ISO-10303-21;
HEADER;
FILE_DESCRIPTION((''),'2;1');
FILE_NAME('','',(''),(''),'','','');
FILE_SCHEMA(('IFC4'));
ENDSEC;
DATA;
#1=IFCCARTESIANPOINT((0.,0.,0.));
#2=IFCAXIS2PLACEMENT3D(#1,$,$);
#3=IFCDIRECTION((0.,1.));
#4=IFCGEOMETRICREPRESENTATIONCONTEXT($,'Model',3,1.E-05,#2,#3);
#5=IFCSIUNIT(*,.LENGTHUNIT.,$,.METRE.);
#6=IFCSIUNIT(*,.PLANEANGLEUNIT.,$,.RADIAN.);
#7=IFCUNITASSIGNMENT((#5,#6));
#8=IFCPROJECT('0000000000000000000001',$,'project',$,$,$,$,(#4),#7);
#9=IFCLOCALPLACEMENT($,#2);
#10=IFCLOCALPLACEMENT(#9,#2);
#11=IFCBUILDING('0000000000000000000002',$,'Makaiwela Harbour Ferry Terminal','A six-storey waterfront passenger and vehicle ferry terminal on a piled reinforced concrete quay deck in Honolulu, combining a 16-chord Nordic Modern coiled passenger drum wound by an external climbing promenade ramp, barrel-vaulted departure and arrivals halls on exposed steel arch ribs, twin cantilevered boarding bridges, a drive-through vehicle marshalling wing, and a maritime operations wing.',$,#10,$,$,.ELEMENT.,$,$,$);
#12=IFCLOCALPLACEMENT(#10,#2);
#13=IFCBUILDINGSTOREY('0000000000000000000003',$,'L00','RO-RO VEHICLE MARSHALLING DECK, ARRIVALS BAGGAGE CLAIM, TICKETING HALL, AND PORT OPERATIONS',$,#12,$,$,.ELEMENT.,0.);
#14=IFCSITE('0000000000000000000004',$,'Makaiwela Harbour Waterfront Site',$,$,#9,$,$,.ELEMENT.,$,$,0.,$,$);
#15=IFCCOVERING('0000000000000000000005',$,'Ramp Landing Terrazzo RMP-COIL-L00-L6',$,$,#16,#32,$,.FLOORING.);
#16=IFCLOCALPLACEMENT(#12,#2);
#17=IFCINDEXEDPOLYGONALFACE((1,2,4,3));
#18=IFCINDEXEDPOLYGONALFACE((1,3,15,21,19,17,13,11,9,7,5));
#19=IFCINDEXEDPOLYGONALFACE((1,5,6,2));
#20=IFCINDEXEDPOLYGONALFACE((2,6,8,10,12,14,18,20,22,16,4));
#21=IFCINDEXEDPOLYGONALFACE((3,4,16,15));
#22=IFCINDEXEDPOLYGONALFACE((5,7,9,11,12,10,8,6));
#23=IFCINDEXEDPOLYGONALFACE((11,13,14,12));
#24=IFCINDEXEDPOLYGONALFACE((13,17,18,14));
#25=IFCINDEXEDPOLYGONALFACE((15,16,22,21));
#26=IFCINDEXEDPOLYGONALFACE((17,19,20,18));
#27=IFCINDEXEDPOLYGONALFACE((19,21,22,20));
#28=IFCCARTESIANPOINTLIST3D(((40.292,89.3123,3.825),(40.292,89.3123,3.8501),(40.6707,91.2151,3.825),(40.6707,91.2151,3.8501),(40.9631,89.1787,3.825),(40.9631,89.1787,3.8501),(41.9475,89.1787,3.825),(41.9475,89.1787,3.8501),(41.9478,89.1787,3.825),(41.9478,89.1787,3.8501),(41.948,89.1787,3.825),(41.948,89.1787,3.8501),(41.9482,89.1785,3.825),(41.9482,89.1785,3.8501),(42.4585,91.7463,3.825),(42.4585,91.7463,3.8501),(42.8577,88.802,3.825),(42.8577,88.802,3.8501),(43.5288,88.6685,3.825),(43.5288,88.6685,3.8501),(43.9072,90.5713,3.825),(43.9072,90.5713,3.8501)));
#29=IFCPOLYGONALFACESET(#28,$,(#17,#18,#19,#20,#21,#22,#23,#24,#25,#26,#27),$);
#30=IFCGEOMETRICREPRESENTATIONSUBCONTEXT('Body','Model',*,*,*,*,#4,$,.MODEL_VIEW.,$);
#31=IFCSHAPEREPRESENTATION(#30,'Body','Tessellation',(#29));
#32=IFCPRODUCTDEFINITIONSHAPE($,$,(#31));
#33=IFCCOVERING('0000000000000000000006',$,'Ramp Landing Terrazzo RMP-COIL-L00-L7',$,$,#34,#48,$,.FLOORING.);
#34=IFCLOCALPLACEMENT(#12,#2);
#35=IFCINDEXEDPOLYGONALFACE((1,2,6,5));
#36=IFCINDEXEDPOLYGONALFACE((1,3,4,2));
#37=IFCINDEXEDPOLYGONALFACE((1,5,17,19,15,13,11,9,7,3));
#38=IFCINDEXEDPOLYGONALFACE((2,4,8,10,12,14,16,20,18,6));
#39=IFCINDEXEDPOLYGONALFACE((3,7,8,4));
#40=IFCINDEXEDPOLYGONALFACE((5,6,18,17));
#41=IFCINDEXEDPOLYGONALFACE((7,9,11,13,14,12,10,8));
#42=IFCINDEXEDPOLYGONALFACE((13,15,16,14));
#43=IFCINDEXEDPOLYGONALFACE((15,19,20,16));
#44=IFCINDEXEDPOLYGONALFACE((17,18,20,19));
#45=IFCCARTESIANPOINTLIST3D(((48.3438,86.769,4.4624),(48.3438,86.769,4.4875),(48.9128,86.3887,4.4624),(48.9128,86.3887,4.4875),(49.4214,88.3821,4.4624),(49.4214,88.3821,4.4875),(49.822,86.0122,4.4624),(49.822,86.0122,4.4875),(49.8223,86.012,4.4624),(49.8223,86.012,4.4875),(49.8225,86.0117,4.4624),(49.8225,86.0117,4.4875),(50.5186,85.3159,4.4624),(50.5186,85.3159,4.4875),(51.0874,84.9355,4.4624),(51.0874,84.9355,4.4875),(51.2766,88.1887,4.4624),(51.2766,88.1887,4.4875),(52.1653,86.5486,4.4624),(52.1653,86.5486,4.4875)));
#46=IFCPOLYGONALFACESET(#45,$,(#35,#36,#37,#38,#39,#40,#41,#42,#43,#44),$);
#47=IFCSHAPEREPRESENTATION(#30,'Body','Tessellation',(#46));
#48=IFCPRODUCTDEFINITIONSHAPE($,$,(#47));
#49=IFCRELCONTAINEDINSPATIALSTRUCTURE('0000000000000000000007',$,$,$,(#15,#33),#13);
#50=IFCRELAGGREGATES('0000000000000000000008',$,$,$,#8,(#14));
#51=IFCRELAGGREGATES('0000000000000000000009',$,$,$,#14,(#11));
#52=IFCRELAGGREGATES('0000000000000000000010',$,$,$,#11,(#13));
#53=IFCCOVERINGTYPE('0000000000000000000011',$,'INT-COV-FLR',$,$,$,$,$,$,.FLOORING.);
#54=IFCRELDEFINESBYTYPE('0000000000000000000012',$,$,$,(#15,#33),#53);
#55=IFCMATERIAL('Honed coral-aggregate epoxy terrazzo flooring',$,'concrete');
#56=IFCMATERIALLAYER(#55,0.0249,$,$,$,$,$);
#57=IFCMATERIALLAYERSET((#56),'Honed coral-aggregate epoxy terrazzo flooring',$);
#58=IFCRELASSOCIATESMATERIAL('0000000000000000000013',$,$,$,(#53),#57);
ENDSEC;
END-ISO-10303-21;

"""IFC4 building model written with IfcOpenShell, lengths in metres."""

from ifc_helpers import new_model, si_unit, direction, frame, origin, place, context, subcontext, project, spatial, polyline, outline, extrude, material, layer, layer_set, type_object, element, save


model = new_model("IFC4")

# Units and contexts
model_context = context("Model", 3, precision=1e-05, world=origin(), true_north=direction((0.0, 1.0)))
body_context = subcontext(model_context, "Body", "Model", "MODEL_VIEW")
ifc_project = project(units=[si_unit("LENGTHUNIT", "METRE"), si_unit("PLANEANGLEUNIT", "RADIAN")], contexts=[model_context])

# Site, building, storey
site_placement = place(None, origin())
site = spatial("IfcSite", under=ifc_project, at=site_placement, Name="Makaiwela Harbour Waterfront Site", CompositionType="ELEMENT", RefElevation=0.0)
building_placement = place(site_placement, origin())
building = spatial("IfcBuilding", under=site, at=building_placement, Name="Makaiwela Harbour Ferry Terminal", Description="A six-storey waterfront passenger and vehicle ferry terminal on a piled reinforced concrete quay deck in Honolulu, combining a 16-chord Nordic Modern coiled passenger drum wound by an external climbing promenade ramp, barrel-vaulted departure and arrivals halls on exposed steel arch ribs, twin cantilevered boarding bridges, a drive-through vehicle marshalling wing, and a maritime operations wing.", CompositionType="ELEMENT")
storey_placement = place(building_placement, origin())
storey = spatial("IfcBuildingStorey", under=building, at=storey_placement, Name="L00", Description="RO-RO VEHICLE MARSHALLING DECK, ARRIVALS BAGGAGE CLAIM, TICKETING HALL, AND PORT OPERATIONS", CompositionType="ELEMENT", Elevation=0.0)

# Coverings
ifc_material_1 = material(Name="Honed coral-aggregate epoxy terrazzo flooring", Category="concrete")
ifc_layer_1 = layer(ifc_material_1, 0.0249)
ifc_layer_set_1 = layer_set([ifc_layer_1], Name="Honed coral-aggregate epoxy terrazzo flooring")
covering_type_1 = type_object("IfcCoveringType", Name="INT-COV-FLR", PredefinedType="FLOORING", material=ifc_layer_set_1)
covering_1_placement = place(storey_placement, frame((0.0, 0.0, 3.825)))
element("IfcCovering", 1, at=covering_1_placement, inside=storey, type_object=covering_type_1, Name="Ramp Landing Terrazzo RMP-COIL-L00-L6", PredefinedType="FLOORING", context=body_context, shape_type="SweptSolid", body=[
    extrude(outline(polyline([(40.9631, 89.1787), (41.9475, 89.1787), (41.9478, 89.1787), (41.948, 89.1787), (41.948, 89.1787), (41.9482, 89.1785), (42.8577, 88.802), (43.5288, 88.6685), (43.9072, 90.5713), (42.4585, 91.7463), (40.6707, 91.2151), (40.292, 89.3123), (40.9631, 89.1787)])), origin(), (0.0, 0.0, 1.0), 0.0251),
])
covering_2_placement = place(storey_placement, frame((0.0, 0.0, 4.4624)))
element("IfcCovering", 2, at=covering_2_placement, inside=storey, type_object=covering_type_1, Name="Ramp Landing Terrazzo RMP-COIL-L00-L7", PredefinedType="FLOORING", context=body_context, shape_type="SweptSolid", body=[
    extrude(outline(polyline([(48.9128, 86.3887), (49.822, 86.0122), (49.822, 86.0122), (49.8223, 86.012), (49.8225, 86.0117), (49.8225, 86.0117), (50.5186, 85.3159), (51.0874, 84.9355), (52.1653, 86.5486), (51.2766, 88.1887), (49.4214, 88.3821), (48.3438, 86.769), (48.9128, 86.3887)])), origin(), (0.0, 0.0, 1.0), 0.0251),
])

save(model, "model.ifc")
